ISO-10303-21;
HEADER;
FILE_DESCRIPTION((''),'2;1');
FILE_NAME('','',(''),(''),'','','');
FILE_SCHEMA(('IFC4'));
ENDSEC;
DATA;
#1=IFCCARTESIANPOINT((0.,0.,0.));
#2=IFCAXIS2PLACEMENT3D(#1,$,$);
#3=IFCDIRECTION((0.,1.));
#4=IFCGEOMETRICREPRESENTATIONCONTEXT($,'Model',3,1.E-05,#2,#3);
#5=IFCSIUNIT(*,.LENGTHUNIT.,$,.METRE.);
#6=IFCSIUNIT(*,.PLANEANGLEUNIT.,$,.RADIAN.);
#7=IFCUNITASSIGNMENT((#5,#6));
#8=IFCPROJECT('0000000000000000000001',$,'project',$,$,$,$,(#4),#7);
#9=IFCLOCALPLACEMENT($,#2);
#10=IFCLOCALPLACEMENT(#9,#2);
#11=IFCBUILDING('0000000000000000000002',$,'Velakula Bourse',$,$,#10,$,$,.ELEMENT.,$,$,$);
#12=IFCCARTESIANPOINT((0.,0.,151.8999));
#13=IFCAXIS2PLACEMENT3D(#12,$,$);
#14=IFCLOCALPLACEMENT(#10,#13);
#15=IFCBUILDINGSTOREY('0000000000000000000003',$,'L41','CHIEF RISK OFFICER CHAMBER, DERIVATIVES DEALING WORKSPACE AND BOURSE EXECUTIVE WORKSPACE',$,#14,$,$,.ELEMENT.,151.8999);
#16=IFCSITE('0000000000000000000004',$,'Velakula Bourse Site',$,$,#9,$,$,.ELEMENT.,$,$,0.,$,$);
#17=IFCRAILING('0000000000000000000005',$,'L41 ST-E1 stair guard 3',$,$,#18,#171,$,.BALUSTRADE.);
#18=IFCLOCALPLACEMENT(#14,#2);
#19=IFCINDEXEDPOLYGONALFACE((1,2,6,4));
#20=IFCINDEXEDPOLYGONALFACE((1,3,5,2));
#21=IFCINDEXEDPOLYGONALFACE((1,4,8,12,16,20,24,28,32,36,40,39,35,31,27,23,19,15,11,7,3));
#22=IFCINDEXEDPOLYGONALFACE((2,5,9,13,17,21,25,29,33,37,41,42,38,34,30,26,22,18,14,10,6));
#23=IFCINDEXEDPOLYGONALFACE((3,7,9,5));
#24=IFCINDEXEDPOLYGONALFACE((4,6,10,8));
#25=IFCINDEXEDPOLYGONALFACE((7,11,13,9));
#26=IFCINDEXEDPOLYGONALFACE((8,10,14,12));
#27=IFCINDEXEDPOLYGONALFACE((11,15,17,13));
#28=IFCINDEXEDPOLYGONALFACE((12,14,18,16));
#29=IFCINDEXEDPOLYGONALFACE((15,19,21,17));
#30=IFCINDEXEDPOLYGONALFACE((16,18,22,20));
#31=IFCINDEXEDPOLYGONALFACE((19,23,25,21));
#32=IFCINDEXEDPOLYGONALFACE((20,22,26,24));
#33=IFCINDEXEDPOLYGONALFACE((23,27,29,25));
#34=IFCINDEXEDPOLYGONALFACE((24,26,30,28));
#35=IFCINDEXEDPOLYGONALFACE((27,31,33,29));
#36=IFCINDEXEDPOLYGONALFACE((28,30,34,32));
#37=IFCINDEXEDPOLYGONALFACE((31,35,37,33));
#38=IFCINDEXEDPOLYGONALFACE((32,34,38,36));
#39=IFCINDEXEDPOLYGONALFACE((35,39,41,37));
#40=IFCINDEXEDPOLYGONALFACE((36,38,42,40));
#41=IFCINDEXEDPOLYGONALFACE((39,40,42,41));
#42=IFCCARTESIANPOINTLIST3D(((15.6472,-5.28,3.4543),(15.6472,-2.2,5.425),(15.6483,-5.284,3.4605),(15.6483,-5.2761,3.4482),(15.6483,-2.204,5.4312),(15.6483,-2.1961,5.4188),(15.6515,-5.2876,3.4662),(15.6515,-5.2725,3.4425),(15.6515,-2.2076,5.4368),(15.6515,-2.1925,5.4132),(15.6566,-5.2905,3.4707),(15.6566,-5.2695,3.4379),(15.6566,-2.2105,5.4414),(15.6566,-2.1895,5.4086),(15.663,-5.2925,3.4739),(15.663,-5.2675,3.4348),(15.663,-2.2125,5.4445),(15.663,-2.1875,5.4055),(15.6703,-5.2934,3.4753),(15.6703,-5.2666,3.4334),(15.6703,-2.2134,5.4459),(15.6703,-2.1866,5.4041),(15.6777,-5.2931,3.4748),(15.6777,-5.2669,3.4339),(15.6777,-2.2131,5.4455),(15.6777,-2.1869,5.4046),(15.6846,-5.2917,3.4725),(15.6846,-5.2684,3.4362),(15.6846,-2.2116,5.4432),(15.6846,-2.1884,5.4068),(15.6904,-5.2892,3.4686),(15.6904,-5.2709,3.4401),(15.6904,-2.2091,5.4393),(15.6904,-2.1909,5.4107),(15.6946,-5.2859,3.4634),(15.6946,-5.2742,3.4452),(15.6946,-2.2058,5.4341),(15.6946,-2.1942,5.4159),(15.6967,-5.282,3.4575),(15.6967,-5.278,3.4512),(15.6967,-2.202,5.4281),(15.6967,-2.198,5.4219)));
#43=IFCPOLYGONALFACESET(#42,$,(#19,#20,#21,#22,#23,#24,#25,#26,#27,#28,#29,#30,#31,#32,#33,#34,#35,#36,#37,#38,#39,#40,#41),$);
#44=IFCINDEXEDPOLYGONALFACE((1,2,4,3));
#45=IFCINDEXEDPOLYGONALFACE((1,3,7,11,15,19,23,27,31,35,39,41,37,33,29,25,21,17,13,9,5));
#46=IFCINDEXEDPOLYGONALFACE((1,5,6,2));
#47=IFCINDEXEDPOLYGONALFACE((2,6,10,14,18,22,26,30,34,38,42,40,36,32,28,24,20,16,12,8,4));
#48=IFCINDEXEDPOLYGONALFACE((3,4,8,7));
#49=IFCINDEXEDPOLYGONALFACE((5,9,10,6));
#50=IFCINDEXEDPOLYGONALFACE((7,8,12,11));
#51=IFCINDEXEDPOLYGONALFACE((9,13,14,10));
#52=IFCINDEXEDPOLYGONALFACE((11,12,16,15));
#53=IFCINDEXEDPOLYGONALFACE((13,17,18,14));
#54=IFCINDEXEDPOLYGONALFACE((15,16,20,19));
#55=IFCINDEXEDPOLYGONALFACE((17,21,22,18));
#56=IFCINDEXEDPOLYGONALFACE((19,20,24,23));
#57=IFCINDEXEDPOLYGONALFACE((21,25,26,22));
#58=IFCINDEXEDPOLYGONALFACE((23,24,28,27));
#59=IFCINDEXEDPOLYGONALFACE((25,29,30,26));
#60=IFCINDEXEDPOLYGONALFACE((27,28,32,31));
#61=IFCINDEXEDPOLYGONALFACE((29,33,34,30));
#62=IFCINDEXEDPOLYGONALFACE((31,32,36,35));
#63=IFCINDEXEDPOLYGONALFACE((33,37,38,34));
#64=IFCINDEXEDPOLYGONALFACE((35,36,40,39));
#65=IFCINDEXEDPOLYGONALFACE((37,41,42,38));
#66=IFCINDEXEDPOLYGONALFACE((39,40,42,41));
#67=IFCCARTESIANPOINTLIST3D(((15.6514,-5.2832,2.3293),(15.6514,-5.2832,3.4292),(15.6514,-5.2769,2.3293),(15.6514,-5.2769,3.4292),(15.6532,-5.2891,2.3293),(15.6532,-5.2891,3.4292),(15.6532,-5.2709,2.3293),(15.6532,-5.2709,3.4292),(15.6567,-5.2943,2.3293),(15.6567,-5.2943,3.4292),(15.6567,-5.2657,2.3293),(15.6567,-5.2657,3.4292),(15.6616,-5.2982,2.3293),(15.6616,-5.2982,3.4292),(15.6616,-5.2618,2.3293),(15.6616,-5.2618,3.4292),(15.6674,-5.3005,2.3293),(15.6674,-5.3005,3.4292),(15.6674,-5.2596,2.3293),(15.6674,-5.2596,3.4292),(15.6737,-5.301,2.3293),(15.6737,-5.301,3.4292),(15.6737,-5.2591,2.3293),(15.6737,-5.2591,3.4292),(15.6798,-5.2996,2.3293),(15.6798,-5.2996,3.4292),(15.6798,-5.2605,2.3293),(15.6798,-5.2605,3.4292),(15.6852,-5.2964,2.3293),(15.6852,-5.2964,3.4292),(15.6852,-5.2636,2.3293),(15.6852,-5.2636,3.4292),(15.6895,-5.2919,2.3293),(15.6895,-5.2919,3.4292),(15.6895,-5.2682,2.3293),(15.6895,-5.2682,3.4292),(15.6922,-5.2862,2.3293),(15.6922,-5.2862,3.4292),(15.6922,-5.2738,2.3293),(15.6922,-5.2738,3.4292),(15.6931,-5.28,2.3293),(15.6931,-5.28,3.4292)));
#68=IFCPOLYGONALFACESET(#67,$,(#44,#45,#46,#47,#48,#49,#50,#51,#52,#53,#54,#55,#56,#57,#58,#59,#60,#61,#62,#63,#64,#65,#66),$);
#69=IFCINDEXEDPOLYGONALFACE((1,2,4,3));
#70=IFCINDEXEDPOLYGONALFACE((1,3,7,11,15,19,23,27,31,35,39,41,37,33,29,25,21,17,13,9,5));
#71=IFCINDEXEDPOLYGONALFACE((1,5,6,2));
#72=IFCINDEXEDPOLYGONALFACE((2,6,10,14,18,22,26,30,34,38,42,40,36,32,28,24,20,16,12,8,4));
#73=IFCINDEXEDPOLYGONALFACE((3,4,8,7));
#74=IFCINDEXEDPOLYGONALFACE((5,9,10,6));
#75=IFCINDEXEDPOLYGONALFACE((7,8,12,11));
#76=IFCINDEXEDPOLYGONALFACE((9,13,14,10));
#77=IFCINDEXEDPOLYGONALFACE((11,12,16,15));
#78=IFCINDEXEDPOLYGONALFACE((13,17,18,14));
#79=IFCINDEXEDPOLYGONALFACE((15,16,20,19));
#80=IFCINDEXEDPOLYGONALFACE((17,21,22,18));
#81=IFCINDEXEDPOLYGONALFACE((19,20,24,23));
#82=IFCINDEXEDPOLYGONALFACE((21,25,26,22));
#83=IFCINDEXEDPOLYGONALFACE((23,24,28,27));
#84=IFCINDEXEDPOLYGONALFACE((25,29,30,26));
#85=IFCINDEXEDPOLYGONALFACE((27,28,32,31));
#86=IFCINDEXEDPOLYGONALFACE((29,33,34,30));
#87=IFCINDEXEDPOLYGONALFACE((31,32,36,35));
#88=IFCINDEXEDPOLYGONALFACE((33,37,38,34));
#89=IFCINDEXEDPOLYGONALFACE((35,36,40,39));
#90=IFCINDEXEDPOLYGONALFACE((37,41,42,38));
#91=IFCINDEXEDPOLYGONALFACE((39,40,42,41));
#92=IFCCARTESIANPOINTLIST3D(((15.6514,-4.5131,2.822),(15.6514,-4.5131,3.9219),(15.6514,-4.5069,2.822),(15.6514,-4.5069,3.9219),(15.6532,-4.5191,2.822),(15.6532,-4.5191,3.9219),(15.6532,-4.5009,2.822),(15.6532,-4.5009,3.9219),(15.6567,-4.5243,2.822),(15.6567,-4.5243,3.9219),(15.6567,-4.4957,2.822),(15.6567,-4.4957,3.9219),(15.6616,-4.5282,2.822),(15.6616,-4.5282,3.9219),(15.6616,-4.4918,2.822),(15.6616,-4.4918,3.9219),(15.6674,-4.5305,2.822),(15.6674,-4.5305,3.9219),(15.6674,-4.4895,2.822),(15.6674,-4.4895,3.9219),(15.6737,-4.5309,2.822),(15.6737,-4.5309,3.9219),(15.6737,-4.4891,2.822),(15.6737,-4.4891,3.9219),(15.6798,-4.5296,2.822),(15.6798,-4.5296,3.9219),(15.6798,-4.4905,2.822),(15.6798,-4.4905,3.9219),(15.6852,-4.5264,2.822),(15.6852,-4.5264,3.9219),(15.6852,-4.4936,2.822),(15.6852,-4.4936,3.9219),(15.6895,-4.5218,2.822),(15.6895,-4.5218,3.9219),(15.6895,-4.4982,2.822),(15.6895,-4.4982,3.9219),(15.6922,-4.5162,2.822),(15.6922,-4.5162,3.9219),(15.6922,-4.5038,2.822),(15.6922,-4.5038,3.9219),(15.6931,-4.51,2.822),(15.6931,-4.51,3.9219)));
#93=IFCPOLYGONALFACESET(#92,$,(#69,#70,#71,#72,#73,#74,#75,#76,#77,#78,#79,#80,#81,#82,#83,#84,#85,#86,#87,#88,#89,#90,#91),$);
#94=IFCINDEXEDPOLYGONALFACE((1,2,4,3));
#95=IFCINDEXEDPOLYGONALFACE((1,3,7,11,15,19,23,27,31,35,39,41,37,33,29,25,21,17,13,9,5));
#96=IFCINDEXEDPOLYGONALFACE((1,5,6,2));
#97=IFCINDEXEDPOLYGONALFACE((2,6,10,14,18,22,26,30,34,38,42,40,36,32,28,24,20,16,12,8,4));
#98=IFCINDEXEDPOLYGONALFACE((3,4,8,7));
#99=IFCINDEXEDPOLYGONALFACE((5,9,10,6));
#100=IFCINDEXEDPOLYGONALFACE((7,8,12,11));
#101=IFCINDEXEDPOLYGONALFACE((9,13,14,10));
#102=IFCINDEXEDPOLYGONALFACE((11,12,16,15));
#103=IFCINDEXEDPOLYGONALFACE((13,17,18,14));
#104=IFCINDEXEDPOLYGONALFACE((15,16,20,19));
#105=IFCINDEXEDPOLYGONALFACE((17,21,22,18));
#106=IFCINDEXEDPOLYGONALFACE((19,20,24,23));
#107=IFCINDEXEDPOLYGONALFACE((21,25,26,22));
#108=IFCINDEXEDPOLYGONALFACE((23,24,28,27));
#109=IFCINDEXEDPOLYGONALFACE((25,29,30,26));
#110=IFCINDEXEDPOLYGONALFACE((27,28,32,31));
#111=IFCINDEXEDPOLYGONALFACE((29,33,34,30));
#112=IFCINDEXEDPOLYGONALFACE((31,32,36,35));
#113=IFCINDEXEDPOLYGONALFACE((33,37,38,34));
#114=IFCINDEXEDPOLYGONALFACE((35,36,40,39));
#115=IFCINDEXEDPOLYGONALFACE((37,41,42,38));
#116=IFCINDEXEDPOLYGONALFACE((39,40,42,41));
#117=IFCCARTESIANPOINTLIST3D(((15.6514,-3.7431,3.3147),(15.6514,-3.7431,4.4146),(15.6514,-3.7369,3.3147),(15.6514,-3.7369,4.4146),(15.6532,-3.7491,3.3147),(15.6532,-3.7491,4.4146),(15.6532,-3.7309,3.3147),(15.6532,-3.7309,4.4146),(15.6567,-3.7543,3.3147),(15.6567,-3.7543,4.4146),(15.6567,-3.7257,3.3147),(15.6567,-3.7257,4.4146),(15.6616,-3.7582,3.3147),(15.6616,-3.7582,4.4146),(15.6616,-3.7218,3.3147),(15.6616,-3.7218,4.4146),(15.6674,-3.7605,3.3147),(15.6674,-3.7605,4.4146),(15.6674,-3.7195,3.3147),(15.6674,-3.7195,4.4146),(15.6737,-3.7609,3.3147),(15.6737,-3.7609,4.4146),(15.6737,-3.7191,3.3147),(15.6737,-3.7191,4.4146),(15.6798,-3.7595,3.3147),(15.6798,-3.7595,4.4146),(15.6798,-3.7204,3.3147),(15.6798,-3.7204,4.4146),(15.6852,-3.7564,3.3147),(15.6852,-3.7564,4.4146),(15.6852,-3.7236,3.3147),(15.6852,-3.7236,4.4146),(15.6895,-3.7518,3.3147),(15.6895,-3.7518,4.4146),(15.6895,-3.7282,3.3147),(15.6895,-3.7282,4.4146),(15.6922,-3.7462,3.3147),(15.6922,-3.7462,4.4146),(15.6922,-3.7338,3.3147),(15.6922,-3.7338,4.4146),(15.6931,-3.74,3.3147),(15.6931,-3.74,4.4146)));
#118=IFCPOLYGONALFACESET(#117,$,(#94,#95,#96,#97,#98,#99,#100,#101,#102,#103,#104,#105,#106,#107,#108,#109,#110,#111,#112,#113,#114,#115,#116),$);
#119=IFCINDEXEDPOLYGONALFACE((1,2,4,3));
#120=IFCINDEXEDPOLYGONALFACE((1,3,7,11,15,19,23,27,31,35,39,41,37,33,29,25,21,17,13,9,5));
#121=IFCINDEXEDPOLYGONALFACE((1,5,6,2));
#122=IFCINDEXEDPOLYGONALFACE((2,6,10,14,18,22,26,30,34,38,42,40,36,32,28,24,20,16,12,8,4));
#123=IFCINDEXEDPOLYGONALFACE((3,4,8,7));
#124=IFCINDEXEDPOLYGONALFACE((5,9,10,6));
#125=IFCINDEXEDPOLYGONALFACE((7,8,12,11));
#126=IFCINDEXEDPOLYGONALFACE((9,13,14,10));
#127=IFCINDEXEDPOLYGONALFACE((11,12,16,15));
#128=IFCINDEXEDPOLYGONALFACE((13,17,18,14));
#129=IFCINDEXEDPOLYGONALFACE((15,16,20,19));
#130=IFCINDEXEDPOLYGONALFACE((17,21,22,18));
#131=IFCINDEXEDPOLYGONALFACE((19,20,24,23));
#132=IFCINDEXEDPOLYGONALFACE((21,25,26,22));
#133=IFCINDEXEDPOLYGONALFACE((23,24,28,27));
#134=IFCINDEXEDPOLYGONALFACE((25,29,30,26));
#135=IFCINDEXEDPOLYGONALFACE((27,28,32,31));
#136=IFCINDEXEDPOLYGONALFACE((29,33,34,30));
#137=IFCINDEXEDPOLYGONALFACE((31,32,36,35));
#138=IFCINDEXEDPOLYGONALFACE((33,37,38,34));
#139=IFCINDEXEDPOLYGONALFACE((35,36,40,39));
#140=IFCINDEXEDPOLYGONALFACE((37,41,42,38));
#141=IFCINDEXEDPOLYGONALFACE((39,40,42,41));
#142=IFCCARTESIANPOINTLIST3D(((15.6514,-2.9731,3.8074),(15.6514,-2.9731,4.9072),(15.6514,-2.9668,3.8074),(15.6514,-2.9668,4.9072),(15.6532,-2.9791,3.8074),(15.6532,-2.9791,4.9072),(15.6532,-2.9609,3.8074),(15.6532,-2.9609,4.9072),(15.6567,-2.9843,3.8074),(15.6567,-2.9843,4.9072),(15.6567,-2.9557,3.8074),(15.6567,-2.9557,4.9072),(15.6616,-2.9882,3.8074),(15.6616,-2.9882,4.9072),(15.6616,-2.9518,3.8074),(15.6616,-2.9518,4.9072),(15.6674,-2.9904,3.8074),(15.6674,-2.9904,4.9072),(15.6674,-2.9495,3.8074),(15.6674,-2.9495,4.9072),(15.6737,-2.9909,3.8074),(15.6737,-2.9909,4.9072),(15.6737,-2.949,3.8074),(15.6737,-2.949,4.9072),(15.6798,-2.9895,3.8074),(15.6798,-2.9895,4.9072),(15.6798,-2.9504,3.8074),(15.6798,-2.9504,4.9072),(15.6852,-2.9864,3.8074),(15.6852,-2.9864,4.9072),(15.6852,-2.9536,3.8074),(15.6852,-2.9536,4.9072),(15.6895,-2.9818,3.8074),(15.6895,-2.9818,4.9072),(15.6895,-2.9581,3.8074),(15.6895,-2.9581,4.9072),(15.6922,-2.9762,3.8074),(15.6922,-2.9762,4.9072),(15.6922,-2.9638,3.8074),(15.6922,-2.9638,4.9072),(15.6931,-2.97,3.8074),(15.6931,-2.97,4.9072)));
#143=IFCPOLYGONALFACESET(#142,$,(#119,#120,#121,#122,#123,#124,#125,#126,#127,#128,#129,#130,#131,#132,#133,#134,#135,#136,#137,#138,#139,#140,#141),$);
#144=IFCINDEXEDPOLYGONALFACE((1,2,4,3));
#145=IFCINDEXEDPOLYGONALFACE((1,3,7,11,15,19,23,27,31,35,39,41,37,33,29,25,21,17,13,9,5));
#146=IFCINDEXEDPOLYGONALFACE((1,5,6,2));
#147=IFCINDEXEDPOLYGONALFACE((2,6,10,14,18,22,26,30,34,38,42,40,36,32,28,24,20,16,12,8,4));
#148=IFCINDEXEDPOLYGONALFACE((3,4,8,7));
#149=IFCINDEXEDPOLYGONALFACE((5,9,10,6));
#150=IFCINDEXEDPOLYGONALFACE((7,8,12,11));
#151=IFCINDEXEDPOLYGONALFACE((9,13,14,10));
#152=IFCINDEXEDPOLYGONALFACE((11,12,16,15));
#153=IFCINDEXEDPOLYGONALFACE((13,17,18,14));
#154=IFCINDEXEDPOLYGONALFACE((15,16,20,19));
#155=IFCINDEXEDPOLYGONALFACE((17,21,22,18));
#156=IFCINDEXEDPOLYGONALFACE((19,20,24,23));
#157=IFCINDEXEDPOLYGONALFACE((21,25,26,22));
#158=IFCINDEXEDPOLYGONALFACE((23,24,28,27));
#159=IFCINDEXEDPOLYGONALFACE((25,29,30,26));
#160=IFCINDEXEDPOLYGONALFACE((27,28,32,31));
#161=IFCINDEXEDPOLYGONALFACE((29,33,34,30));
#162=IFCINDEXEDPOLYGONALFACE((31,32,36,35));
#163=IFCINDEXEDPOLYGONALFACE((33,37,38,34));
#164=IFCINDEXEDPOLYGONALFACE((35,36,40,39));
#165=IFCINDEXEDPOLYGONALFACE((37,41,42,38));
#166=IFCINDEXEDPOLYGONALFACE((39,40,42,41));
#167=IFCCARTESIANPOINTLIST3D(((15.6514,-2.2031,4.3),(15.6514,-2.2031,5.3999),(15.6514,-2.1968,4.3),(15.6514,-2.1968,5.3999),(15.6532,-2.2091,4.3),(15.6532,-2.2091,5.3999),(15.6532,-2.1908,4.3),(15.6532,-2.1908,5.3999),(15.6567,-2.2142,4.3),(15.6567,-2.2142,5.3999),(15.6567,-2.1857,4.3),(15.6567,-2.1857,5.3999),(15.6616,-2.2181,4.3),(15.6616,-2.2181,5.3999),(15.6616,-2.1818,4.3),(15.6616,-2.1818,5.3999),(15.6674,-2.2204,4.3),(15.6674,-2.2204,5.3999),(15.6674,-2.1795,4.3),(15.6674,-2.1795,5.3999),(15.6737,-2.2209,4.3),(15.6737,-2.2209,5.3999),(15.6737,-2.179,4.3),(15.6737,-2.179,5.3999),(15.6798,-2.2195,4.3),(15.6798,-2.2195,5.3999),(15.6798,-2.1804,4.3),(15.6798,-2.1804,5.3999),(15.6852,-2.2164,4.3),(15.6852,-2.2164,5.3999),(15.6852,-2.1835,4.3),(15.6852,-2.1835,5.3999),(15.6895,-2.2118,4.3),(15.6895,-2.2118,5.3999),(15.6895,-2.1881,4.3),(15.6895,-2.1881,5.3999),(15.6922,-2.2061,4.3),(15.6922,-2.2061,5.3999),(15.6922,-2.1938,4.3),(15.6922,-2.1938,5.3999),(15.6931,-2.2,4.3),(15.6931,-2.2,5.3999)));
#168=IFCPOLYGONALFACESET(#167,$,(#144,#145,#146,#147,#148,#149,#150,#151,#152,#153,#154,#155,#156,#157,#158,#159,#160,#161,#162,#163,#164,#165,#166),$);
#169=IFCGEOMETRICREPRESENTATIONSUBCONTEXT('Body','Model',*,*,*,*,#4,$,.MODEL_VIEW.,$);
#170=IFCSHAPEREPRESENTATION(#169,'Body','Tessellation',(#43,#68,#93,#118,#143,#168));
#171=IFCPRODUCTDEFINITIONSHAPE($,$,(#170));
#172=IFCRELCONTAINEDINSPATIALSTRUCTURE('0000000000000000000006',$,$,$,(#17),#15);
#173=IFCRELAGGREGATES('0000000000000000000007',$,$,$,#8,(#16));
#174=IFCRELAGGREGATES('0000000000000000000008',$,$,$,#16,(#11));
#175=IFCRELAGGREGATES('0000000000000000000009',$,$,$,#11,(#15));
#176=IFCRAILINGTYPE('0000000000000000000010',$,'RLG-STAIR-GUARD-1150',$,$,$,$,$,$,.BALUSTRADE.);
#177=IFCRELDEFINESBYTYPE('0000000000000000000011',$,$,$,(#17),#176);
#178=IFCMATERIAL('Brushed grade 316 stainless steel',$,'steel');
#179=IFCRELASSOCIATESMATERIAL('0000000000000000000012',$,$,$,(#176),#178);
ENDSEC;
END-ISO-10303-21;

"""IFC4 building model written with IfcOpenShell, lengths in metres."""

from ifc_helpers import new_model, si_unit, direction, frame, origin, origin_2d, place, context, subcontext, project, spatial, circle, extrude, material, type_object, element, save


model = new_model("IFC4")

# Units and contexts
model_context = context("Model", 3, precision=1e-05, world=origin(), true_north=direction((0.0, 1.0)))
body_context = subcontext(model_context, "Body", "Model", "MODEL_VIEW")
ifc_project = project(units=[si_unit("LENGTHUNIT", "METRE"), si_unit("PLANEANGLEUNIT", "RADIAN")], contexts=[model_context])

# Site, building, storey
site_placement = place(None, origin())
site = spatial("IfcSite", under=ifc_project, at=site_placement, Name="Velakula Bourse Site", CompositionType="ELEMENT", RefElevation=0.0)
building_placement = place(site_placement, origin())
building = spatial("IfcBuilding", under=site, at=building_placement, Name="Velakula Bourse", CompositionType="ELEMENT")
storey_placement = place(building_placement, frame((0.0, 0.0, 151.8999)))
storey = spatial("IfcBuildingStorey", under=building, at=storey_placement, Name="L41", Description="CHIEF RISK OFFICER CHAMBER, DERIVATIVES DEALING WORKSPACE AND BOURSE EXECUTIVE WORKSPACE", CompositionType="ELEMENT", Elevation=151.8999)

# Shared definitions
ifc_material_1 = material(Name="Brushed grade 316 stainless steel", Category="steel")

# Railing
railing_type_1 = type_object("IfcRailingType", Name="RLG-STAIR-GUARD-1150", PredefinedType="BALUSTRADE", material=ifc_material_1)
railing_1_placement = place(storey_placement, frame((15.6721, -5.28, 2.3293)))
element("IfcRailing", 1, at=railing_1_placement, inside=storey, type_object=railing_type_1, Name="L41 ST-E1 stair guard 3", PredefinedType="BALUSTRADE", context=body_context, shape_type="SweptSolid", body=[
    extrude(circle(Radius=0.0249, at=origin_2d()), frame((0.0, 0.0, 1.125), z_axis=(0.0, 0.842339, 0.538948), x_axis=(-1.0, 0.0, 0.0)), (0.0, 0.0, 1.0), 3.6565),
    extrude(circle(Radius=0.021, at=origin_2d()), origin(), (0.0, 0.0, 1.0), 1.0999),
    extrude(circle(Radius=0.021, at=origin_2d()), frame((0.0, 0.77, 0.4927)), (0.0, 0.0, 1.0), 1.0999),
    extrude(circle(Radius=0.021, at=origin_2d()), frame((0.0, 1.54, 0.9854)), (0.0, 0.0, 1.0), 1.0999),
    extrude(circle(Radius=0.021, at=origin_2d()), frame((0.0, 2.3101, 1.478)), (0.0, 0.0, 1.0), 1.0999),
    extrude(circle(Radius=0.021, at=origin_2d()), frame((0.0, 3.0801, 1.9707)), (0.0, 0.0, 1.0), 1.0999),
])

save(model, "model.ifc")
